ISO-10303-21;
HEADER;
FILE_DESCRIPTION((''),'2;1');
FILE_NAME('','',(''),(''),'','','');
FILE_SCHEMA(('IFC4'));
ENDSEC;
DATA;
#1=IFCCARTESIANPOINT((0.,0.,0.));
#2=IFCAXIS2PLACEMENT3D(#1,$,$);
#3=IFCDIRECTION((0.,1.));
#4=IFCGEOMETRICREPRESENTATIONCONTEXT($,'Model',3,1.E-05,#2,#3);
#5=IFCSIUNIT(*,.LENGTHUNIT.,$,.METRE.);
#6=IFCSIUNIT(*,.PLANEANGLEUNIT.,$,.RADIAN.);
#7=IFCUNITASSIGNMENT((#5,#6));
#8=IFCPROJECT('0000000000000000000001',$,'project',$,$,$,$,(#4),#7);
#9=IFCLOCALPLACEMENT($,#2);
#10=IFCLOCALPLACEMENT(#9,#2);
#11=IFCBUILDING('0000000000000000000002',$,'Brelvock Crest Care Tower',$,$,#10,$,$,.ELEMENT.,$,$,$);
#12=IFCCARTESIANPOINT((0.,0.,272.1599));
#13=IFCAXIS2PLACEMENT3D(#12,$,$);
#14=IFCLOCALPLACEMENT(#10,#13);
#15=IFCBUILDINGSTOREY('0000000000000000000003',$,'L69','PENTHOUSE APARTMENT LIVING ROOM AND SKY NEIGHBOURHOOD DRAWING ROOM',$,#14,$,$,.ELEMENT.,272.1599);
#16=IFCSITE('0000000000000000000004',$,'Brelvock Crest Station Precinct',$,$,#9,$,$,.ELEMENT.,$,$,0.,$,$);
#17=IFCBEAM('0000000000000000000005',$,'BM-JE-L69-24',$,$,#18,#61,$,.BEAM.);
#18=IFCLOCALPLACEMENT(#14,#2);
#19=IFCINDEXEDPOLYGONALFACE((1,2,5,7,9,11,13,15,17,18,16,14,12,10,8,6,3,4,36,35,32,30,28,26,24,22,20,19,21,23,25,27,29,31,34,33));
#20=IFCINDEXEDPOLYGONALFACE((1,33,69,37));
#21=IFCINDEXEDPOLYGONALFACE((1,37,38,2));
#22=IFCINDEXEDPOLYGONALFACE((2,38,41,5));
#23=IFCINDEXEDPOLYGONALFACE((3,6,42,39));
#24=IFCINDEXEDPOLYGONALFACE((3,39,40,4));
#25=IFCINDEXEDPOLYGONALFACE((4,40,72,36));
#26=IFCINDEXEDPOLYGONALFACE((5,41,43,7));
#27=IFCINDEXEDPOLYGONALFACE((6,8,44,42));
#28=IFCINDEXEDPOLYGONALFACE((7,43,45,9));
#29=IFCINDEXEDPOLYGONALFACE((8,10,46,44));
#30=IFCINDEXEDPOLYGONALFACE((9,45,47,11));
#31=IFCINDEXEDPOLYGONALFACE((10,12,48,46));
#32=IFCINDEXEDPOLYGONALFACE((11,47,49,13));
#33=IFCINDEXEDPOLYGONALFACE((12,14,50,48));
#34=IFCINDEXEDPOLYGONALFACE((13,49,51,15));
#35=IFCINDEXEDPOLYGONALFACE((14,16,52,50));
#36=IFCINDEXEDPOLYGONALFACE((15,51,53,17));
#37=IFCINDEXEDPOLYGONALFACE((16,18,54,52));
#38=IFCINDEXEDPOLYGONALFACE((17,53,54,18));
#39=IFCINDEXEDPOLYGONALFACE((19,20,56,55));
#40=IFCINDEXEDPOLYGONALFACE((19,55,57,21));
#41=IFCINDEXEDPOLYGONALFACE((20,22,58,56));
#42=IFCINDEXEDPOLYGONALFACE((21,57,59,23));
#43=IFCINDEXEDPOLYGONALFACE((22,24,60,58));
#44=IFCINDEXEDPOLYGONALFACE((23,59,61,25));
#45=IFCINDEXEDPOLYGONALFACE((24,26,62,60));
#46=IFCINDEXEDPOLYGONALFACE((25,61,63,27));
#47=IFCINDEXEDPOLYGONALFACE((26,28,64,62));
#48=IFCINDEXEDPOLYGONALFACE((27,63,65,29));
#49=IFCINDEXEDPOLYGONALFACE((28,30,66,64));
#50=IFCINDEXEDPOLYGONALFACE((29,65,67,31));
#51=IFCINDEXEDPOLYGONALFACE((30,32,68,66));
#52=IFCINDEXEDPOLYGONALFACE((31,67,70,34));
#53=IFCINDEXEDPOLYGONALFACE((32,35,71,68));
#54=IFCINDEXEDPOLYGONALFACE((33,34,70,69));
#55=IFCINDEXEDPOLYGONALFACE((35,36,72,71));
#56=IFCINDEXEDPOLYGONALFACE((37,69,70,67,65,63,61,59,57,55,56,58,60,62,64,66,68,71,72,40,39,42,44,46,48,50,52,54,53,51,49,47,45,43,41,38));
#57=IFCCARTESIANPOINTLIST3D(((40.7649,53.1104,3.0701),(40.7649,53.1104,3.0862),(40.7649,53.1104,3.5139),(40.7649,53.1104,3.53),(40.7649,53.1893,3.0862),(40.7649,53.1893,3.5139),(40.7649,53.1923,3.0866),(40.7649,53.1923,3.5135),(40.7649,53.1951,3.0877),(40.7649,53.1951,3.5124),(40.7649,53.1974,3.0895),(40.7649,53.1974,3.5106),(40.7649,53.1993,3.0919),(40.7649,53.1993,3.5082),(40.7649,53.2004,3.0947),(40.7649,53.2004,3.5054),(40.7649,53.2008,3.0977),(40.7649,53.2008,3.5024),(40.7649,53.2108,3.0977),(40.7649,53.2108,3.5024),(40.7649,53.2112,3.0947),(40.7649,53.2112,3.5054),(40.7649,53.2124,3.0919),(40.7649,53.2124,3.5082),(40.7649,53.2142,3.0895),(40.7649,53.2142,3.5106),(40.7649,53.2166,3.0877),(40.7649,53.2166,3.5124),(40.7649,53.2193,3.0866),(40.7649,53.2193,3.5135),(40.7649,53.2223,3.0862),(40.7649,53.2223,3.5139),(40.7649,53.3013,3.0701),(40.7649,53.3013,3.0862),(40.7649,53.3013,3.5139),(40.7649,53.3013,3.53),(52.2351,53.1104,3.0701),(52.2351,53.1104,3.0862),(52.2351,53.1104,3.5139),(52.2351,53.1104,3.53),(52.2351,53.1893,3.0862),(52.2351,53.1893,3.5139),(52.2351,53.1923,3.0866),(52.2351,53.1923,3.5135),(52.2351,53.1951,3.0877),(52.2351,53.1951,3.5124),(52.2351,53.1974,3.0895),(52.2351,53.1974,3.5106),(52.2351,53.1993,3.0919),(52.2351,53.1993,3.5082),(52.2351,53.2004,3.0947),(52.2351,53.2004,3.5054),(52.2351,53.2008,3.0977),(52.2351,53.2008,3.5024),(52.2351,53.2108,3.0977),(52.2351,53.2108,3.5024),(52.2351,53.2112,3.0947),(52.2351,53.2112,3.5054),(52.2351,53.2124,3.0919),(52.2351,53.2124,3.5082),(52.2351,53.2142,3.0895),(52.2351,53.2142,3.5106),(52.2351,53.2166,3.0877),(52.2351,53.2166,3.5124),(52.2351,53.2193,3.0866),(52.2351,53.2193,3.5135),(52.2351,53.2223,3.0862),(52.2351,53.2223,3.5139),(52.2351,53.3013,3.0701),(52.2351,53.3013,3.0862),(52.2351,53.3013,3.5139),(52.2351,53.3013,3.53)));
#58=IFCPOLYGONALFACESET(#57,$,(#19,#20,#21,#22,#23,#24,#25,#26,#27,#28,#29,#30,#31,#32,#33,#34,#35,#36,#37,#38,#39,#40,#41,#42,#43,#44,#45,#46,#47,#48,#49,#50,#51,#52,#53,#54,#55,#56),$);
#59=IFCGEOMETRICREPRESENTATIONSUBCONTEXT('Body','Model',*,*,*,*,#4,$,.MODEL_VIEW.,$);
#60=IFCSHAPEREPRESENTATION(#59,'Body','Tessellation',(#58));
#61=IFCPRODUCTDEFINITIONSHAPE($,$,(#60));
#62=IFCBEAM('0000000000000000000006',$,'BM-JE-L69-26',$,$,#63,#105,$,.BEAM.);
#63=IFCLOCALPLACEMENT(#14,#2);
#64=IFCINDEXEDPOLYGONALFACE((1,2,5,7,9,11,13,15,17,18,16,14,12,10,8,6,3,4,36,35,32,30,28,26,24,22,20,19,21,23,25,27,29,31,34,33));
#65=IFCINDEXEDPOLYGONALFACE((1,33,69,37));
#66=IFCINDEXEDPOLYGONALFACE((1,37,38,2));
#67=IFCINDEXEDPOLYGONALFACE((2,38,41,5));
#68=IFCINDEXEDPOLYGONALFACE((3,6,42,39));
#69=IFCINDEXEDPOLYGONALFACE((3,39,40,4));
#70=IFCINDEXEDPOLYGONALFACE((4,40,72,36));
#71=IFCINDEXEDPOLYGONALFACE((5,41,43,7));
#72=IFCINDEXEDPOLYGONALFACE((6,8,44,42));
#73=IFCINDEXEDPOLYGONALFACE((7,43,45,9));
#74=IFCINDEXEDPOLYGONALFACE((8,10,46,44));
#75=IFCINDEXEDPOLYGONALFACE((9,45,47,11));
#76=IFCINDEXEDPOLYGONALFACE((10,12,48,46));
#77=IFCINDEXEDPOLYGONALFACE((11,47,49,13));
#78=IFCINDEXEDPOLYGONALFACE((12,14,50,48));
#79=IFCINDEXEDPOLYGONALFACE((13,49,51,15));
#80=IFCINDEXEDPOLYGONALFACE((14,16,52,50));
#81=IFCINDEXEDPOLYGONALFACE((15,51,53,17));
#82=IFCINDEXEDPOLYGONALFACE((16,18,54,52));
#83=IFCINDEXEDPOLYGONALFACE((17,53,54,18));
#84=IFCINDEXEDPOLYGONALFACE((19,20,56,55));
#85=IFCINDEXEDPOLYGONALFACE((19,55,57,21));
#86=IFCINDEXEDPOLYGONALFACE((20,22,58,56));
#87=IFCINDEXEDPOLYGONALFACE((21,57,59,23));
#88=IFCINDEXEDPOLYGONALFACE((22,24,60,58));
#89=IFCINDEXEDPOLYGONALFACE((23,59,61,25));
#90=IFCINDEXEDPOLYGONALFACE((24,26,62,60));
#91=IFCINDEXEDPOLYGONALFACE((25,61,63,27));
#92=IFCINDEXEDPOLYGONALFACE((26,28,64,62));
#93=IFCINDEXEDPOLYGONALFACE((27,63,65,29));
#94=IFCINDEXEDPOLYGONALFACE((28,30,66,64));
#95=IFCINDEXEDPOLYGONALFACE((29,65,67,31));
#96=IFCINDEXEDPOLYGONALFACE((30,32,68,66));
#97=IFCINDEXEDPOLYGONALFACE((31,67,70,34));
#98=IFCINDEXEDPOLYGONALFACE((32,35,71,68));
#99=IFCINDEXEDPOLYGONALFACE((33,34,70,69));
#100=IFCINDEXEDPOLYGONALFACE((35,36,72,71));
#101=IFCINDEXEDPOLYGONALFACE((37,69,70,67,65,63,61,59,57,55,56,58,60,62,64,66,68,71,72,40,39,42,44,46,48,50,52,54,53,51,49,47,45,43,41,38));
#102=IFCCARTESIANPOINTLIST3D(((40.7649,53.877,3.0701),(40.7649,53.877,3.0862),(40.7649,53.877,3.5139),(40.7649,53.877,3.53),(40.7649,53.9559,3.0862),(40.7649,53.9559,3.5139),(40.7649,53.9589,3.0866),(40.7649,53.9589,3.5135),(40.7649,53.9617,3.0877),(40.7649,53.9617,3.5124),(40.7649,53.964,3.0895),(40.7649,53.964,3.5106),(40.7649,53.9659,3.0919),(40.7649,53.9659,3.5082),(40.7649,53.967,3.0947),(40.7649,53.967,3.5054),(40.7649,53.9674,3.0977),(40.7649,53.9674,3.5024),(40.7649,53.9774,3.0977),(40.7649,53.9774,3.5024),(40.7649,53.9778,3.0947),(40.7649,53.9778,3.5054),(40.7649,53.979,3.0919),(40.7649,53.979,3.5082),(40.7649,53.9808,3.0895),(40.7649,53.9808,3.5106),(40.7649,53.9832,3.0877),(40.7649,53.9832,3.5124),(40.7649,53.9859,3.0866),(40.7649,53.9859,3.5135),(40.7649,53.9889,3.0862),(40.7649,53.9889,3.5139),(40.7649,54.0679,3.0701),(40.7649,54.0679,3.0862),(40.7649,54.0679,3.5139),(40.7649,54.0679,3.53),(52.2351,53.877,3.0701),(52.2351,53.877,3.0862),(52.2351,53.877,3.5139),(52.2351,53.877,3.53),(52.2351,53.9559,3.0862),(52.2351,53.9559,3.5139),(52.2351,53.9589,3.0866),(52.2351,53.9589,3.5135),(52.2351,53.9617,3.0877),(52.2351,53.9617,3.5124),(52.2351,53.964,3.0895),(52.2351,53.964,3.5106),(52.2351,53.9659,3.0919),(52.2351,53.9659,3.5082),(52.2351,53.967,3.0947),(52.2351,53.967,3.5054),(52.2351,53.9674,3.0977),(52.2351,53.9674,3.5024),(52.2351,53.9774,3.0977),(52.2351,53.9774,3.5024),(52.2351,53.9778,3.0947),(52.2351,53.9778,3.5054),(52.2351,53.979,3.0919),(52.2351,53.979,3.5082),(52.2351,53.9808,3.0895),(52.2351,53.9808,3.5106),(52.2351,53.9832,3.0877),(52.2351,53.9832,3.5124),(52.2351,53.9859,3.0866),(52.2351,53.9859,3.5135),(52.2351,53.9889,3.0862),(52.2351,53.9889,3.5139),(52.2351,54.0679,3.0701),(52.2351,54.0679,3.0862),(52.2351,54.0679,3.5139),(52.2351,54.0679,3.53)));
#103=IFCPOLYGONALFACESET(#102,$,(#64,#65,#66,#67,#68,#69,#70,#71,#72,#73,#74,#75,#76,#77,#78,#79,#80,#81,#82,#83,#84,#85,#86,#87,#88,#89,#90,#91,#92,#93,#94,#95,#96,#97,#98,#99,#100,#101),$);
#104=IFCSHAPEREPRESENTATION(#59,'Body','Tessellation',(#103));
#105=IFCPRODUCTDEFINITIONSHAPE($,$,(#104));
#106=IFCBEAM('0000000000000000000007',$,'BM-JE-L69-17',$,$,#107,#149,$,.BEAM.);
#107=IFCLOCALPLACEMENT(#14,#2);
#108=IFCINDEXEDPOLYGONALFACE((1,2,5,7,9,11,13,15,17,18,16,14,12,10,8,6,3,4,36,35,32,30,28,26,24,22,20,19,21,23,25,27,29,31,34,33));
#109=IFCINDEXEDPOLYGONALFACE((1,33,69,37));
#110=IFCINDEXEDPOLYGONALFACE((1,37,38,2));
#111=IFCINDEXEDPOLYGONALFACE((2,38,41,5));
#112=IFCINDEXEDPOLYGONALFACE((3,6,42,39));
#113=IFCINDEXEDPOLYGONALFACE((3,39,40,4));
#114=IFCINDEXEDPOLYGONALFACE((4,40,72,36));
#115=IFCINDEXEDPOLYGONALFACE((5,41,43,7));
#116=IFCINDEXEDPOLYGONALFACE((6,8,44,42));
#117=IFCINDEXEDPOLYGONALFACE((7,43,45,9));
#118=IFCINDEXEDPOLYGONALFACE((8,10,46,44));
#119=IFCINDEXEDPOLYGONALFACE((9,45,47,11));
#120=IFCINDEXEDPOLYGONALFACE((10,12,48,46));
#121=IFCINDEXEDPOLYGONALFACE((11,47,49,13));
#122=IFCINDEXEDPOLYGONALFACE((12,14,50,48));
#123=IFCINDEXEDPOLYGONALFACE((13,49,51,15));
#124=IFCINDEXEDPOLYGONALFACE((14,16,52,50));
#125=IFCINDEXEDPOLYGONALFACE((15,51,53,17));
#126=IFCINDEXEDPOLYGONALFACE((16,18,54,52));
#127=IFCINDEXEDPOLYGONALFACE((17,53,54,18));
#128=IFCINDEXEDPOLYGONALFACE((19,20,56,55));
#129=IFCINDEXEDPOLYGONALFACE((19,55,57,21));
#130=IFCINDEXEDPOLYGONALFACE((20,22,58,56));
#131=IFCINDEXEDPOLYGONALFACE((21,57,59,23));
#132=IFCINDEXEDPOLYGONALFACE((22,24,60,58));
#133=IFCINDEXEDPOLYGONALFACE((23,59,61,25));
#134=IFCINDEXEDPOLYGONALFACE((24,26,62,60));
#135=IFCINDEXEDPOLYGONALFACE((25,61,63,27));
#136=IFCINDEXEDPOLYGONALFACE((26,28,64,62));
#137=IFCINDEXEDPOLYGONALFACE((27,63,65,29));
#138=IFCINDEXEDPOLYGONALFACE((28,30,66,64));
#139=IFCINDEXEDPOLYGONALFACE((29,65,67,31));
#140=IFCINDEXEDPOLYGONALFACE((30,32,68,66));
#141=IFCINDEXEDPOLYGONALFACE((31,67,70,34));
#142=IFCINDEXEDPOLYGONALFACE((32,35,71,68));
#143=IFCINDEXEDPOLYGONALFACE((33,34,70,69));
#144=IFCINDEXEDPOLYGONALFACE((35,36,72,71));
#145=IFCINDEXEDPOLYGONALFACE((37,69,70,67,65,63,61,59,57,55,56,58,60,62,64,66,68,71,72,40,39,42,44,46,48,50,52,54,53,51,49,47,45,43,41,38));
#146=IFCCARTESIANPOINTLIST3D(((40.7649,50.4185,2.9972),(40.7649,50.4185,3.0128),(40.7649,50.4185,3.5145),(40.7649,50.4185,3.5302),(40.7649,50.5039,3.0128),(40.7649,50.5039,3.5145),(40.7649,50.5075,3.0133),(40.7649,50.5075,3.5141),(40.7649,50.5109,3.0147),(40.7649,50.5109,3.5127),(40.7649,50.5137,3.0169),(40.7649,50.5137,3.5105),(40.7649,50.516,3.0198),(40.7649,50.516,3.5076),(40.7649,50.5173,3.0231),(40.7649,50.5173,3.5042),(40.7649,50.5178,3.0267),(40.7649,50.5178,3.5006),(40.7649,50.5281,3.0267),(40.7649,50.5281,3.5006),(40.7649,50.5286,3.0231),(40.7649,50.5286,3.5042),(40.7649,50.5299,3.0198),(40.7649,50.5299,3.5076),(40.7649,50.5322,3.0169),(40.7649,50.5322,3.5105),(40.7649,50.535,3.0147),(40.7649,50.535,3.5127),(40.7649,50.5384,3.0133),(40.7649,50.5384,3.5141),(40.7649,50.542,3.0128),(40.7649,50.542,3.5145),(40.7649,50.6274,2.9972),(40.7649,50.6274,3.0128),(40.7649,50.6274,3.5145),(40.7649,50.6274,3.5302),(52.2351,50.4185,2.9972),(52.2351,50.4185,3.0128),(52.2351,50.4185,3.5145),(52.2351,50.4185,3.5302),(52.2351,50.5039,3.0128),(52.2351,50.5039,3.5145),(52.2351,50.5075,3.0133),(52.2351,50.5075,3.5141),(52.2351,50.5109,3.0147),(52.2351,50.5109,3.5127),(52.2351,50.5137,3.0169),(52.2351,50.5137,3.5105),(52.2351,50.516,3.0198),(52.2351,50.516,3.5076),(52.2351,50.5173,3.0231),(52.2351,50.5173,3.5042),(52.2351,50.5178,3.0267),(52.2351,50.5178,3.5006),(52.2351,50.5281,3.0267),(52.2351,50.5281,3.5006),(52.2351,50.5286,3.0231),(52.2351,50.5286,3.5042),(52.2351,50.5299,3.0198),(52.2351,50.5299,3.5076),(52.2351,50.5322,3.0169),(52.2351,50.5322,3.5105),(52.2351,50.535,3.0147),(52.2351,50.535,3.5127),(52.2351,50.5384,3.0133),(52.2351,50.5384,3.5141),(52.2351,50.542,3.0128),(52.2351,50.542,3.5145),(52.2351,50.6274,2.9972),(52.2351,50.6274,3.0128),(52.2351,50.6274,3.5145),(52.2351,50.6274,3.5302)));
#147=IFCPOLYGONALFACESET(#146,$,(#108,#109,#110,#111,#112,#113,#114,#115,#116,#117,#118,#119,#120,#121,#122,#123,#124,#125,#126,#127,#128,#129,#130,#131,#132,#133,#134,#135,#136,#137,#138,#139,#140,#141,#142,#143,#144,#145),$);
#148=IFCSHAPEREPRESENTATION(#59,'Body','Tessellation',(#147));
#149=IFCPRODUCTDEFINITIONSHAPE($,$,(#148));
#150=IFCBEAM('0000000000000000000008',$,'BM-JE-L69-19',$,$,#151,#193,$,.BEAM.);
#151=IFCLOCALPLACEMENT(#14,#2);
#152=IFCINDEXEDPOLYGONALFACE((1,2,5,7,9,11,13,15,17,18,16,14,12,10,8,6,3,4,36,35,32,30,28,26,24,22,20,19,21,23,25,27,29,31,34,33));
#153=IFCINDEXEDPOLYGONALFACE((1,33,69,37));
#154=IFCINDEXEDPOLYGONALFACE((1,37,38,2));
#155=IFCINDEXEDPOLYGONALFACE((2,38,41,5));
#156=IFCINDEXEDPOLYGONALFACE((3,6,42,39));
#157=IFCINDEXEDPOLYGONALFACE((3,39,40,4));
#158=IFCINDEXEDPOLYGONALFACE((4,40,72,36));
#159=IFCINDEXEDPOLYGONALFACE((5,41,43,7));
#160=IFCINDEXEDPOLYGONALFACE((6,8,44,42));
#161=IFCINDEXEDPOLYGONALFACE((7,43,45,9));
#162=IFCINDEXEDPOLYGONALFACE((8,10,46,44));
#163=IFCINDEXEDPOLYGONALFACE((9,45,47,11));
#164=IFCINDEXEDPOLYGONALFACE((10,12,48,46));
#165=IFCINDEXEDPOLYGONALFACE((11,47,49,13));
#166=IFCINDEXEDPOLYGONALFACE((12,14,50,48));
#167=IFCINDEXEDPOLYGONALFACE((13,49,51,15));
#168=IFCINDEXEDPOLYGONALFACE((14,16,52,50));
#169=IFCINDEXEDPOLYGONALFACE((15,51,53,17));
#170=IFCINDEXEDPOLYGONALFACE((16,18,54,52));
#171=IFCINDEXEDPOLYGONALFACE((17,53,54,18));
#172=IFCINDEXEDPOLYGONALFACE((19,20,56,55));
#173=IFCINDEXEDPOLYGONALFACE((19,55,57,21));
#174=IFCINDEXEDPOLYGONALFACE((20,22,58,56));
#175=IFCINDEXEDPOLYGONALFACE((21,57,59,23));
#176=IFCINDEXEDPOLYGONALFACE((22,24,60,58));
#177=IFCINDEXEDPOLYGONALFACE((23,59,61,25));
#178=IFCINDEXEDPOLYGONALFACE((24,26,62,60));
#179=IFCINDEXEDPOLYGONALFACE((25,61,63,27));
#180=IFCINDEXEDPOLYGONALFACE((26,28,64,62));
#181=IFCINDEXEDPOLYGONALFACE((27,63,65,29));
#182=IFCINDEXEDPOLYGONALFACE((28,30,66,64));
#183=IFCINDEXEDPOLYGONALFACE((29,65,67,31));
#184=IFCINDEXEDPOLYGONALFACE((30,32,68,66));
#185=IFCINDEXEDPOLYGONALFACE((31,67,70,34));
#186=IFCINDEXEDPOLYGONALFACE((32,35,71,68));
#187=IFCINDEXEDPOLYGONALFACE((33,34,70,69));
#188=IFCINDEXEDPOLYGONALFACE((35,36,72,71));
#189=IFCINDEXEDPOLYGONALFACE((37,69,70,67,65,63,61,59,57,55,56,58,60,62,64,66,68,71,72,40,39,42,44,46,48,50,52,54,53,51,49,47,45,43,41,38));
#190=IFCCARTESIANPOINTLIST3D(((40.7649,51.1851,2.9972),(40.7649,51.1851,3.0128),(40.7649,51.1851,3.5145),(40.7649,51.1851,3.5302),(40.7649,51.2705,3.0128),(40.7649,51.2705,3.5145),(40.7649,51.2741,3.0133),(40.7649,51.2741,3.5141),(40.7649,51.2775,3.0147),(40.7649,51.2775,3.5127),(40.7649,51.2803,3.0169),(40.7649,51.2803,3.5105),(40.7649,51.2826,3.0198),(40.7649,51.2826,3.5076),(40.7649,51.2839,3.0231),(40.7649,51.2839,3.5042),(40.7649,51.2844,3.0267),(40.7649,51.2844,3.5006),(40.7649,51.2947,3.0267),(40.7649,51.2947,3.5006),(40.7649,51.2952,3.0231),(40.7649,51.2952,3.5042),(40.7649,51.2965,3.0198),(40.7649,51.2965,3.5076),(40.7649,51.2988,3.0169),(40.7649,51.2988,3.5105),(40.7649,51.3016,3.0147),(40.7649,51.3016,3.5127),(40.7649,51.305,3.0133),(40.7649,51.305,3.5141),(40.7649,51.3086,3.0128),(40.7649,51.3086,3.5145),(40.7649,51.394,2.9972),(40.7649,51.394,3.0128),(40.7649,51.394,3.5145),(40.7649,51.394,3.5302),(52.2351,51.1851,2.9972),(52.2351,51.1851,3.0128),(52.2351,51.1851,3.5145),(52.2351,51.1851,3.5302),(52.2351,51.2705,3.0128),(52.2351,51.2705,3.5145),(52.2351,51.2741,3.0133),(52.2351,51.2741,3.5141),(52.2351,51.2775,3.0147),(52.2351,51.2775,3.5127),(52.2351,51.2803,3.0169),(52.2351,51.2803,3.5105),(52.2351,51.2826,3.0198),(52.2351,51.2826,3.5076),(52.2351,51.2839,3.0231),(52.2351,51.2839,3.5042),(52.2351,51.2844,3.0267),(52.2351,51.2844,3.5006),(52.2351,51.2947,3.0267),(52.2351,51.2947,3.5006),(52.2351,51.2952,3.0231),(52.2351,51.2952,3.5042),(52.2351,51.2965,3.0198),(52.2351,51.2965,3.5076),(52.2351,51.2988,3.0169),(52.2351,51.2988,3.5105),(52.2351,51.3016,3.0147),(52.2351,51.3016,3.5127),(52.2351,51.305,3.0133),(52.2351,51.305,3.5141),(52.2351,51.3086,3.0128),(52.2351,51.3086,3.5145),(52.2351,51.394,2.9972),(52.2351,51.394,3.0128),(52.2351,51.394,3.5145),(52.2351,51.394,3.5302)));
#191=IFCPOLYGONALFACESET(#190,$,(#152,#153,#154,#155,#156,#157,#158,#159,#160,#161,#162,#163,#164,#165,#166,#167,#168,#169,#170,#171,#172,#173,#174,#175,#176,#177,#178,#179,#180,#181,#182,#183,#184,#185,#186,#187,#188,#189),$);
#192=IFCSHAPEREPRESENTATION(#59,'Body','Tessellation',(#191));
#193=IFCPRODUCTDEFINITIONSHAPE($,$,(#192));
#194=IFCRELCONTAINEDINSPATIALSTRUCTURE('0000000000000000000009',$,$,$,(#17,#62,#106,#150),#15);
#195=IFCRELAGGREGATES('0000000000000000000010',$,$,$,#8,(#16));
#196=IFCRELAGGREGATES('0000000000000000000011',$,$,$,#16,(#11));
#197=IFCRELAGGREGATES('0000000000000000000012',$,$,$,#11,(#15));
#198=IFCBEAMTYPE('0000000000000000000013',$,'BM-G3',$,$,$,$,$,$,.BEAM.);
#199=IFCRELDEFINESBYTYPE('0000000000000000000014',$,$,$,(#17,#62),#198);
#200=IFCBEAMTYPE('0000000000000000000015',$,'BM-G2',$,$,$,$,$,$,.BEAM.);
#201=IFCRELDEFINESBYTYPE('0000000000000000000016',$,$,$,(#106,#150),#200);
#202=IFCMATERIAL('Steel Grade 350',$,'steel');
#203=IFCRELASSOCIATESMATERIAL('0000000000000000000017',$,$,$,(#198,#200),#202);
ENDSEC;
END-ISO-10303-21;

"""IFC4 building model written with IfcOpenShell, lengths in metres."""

from ifc_helpers import new_model, si_unit, direction, frame, origin, origin_2d, place, context, subcontext, project, spatial, i_section, extrude, source, transform, mapped, material, material_profile, profile_set, type_object, element, save


model = new_model("IFC4")

# Units and contexts
model_context = context("Model", 3, precision=1e-05, world=origin(), true_north=direction((0.0, 1.0)))
body_context = subcontext(model_context, "Body", "Model", "MODEL_VIEW")
ifc_project = project(units=[si_unit("LENGTHUNIT", "METRE"), si_unit("PLANEANGLEUNIT", "RADIAN")], contexts=[model_context])

# Site, building, storey
site_placement = place(None, origin())
site = spatial("IfcSite", under=ifc_project, at=site_placement, Name="Brelvock Crest Station Precinct", CompositionType="ELEMENT", RefElevation=0.0)
building_placement = place(site_placement, origin())
building = spatial("IfcBuilding", under=site, at=building_placement, Name="Brelvock Crest Care Tower", CompositionType="ELEMENT")
storey_placement = place(building_placement, frame((0.0, 0.0, 272.1599)))
storey = spatial("IfcBuildingStorey", under=building, at=storey_placement, Name="L69", Description="PENTHOUSE APARTMENT LIVING ROOM AND SKY NEIGHBOURHOOD DRAWING ROOM", CompositionType="ELEMENT", Elevation=272.1599)

# Beams
ifc_material_1 = material(Name="Steel Grade 350", Category="steel")
ifc_material_profile_1 = material_profile(ifc_material_1, i_section(OverallWidth=0.1909, OverallDepth=0.46, WebThickness=0.01, FlangeThickness=0.0161, FilletRadius=0.0115, at=origin_2d()), Name="460UB82.1")
ifc_profile_set_1 = profile_set([ifc_material_profile_1], Name="Steel Grade 350")
beam_type_1 = type_object("IfcBeamType", Name="BM-G3", PredefinedType="BEAM", material=ifc_profile_set_1)
shared_shape_1 = source(origin(), body_context, "Body", "SweptSolid", [
    extrude(i_section(OverallWidth=0.1909, OverallDepth=0.46, WebThickness=0.01, FlangeThickness=0.0161, FilletRadius=0.0115, at=origin_2d()), origin(), (0.0, 0.0, 1.0), 11.4702),
])
for number, where, z_axis, x_axis, name in (
    (1, (40.7649, 53.2058, 3.3), (1.0, 0.0, 0.0), (0.0, 1.0, 0.0), "BM-JE-L69-24"),
    (2, (40.7649, 53.9724, 3.3), (1.0, 0.0, 0.0), (0.0, 1.0, 0.0), "BM-JE-L69-26"),
):
    element("IfcBeam", number, at=place(storey_placement, frame(where, z_axis=z_axis, x_axis=x_axis)), inside=storey, type_object=beam_type_1, Name=name, PredefinedType="BEAM", context=body_context, shape_type="MappedRepresentation", body=[
        mapped(shared_shape_1, transform((0.0, 0.0, 0.0), x_axis=(1.0, 0.0, 0.0), y_axis=(0.0, 1.0, 0.0), z_axis=(0.0, 0.0, 1.0), scale=1.0)),
    ])
ifc_material_profile_2 = material_profile(ifc_material_1, i_section(OverallWidth=0.209, OverallDepth=0.533, WebThickness=0.0103, FlangeThickness=0.0156, FilletRadius=0.0139, at=origin_2d()), Name="530UB92.4")
ifc_profile_set_2 = profile_set([ifc_material_profile_2], Name="Steel Grade 350")
beam_type_2 = type_object("IfcBeamType", Name="BM-G2", PredefinedType="BEAM", material=ifc_profile_set_2)
shared_shape_2 = source(origin(), body_context, "Body", "SweptSolid", [
    extrude(i_section(OverallWidth=0.209, OverallDepth=0.533, WebThickness=0.0103, FlangeThickness=0.0156, FilletRadius=0.0139, at=origin_2d()), origin(), (0.0, 0.0, 1.0), 11.4702),
])
for number, where, z_axis, x_axis, name in (
    (3, (40.7649, 50.5229, 3.2637), (1.0, 0.0, 0.0), (0.0, 1.0, 0.0), "BM-JE-L69-17"),
    (4, (40.7649, 51.2896, 3.2637), (1.0, 0.0, 0.0), (0.0, 1.0, 0.0), "BM-JE-L69-19"),
):
    element("IfcBeam", number, at=place(storey_placement, frame(where, z_axis=z_axis, x_axis=x_axis)), inside=storey, type_object=beam_type_2, Name=name, PredefinedType="BEAM", context=body_context, shape_type="MappedRepresentation", body=[
        mapped(shared_shape_2, transform((0.0, 0.0, 0.0), x_axis=(1.0, 0.0, 0.0), y_axis=(0.0, 1.0, 0.0), z_axis=(0.0, 0.0, 1.0), scale=1.0)),
    ])

save(model, "model.ifc")
